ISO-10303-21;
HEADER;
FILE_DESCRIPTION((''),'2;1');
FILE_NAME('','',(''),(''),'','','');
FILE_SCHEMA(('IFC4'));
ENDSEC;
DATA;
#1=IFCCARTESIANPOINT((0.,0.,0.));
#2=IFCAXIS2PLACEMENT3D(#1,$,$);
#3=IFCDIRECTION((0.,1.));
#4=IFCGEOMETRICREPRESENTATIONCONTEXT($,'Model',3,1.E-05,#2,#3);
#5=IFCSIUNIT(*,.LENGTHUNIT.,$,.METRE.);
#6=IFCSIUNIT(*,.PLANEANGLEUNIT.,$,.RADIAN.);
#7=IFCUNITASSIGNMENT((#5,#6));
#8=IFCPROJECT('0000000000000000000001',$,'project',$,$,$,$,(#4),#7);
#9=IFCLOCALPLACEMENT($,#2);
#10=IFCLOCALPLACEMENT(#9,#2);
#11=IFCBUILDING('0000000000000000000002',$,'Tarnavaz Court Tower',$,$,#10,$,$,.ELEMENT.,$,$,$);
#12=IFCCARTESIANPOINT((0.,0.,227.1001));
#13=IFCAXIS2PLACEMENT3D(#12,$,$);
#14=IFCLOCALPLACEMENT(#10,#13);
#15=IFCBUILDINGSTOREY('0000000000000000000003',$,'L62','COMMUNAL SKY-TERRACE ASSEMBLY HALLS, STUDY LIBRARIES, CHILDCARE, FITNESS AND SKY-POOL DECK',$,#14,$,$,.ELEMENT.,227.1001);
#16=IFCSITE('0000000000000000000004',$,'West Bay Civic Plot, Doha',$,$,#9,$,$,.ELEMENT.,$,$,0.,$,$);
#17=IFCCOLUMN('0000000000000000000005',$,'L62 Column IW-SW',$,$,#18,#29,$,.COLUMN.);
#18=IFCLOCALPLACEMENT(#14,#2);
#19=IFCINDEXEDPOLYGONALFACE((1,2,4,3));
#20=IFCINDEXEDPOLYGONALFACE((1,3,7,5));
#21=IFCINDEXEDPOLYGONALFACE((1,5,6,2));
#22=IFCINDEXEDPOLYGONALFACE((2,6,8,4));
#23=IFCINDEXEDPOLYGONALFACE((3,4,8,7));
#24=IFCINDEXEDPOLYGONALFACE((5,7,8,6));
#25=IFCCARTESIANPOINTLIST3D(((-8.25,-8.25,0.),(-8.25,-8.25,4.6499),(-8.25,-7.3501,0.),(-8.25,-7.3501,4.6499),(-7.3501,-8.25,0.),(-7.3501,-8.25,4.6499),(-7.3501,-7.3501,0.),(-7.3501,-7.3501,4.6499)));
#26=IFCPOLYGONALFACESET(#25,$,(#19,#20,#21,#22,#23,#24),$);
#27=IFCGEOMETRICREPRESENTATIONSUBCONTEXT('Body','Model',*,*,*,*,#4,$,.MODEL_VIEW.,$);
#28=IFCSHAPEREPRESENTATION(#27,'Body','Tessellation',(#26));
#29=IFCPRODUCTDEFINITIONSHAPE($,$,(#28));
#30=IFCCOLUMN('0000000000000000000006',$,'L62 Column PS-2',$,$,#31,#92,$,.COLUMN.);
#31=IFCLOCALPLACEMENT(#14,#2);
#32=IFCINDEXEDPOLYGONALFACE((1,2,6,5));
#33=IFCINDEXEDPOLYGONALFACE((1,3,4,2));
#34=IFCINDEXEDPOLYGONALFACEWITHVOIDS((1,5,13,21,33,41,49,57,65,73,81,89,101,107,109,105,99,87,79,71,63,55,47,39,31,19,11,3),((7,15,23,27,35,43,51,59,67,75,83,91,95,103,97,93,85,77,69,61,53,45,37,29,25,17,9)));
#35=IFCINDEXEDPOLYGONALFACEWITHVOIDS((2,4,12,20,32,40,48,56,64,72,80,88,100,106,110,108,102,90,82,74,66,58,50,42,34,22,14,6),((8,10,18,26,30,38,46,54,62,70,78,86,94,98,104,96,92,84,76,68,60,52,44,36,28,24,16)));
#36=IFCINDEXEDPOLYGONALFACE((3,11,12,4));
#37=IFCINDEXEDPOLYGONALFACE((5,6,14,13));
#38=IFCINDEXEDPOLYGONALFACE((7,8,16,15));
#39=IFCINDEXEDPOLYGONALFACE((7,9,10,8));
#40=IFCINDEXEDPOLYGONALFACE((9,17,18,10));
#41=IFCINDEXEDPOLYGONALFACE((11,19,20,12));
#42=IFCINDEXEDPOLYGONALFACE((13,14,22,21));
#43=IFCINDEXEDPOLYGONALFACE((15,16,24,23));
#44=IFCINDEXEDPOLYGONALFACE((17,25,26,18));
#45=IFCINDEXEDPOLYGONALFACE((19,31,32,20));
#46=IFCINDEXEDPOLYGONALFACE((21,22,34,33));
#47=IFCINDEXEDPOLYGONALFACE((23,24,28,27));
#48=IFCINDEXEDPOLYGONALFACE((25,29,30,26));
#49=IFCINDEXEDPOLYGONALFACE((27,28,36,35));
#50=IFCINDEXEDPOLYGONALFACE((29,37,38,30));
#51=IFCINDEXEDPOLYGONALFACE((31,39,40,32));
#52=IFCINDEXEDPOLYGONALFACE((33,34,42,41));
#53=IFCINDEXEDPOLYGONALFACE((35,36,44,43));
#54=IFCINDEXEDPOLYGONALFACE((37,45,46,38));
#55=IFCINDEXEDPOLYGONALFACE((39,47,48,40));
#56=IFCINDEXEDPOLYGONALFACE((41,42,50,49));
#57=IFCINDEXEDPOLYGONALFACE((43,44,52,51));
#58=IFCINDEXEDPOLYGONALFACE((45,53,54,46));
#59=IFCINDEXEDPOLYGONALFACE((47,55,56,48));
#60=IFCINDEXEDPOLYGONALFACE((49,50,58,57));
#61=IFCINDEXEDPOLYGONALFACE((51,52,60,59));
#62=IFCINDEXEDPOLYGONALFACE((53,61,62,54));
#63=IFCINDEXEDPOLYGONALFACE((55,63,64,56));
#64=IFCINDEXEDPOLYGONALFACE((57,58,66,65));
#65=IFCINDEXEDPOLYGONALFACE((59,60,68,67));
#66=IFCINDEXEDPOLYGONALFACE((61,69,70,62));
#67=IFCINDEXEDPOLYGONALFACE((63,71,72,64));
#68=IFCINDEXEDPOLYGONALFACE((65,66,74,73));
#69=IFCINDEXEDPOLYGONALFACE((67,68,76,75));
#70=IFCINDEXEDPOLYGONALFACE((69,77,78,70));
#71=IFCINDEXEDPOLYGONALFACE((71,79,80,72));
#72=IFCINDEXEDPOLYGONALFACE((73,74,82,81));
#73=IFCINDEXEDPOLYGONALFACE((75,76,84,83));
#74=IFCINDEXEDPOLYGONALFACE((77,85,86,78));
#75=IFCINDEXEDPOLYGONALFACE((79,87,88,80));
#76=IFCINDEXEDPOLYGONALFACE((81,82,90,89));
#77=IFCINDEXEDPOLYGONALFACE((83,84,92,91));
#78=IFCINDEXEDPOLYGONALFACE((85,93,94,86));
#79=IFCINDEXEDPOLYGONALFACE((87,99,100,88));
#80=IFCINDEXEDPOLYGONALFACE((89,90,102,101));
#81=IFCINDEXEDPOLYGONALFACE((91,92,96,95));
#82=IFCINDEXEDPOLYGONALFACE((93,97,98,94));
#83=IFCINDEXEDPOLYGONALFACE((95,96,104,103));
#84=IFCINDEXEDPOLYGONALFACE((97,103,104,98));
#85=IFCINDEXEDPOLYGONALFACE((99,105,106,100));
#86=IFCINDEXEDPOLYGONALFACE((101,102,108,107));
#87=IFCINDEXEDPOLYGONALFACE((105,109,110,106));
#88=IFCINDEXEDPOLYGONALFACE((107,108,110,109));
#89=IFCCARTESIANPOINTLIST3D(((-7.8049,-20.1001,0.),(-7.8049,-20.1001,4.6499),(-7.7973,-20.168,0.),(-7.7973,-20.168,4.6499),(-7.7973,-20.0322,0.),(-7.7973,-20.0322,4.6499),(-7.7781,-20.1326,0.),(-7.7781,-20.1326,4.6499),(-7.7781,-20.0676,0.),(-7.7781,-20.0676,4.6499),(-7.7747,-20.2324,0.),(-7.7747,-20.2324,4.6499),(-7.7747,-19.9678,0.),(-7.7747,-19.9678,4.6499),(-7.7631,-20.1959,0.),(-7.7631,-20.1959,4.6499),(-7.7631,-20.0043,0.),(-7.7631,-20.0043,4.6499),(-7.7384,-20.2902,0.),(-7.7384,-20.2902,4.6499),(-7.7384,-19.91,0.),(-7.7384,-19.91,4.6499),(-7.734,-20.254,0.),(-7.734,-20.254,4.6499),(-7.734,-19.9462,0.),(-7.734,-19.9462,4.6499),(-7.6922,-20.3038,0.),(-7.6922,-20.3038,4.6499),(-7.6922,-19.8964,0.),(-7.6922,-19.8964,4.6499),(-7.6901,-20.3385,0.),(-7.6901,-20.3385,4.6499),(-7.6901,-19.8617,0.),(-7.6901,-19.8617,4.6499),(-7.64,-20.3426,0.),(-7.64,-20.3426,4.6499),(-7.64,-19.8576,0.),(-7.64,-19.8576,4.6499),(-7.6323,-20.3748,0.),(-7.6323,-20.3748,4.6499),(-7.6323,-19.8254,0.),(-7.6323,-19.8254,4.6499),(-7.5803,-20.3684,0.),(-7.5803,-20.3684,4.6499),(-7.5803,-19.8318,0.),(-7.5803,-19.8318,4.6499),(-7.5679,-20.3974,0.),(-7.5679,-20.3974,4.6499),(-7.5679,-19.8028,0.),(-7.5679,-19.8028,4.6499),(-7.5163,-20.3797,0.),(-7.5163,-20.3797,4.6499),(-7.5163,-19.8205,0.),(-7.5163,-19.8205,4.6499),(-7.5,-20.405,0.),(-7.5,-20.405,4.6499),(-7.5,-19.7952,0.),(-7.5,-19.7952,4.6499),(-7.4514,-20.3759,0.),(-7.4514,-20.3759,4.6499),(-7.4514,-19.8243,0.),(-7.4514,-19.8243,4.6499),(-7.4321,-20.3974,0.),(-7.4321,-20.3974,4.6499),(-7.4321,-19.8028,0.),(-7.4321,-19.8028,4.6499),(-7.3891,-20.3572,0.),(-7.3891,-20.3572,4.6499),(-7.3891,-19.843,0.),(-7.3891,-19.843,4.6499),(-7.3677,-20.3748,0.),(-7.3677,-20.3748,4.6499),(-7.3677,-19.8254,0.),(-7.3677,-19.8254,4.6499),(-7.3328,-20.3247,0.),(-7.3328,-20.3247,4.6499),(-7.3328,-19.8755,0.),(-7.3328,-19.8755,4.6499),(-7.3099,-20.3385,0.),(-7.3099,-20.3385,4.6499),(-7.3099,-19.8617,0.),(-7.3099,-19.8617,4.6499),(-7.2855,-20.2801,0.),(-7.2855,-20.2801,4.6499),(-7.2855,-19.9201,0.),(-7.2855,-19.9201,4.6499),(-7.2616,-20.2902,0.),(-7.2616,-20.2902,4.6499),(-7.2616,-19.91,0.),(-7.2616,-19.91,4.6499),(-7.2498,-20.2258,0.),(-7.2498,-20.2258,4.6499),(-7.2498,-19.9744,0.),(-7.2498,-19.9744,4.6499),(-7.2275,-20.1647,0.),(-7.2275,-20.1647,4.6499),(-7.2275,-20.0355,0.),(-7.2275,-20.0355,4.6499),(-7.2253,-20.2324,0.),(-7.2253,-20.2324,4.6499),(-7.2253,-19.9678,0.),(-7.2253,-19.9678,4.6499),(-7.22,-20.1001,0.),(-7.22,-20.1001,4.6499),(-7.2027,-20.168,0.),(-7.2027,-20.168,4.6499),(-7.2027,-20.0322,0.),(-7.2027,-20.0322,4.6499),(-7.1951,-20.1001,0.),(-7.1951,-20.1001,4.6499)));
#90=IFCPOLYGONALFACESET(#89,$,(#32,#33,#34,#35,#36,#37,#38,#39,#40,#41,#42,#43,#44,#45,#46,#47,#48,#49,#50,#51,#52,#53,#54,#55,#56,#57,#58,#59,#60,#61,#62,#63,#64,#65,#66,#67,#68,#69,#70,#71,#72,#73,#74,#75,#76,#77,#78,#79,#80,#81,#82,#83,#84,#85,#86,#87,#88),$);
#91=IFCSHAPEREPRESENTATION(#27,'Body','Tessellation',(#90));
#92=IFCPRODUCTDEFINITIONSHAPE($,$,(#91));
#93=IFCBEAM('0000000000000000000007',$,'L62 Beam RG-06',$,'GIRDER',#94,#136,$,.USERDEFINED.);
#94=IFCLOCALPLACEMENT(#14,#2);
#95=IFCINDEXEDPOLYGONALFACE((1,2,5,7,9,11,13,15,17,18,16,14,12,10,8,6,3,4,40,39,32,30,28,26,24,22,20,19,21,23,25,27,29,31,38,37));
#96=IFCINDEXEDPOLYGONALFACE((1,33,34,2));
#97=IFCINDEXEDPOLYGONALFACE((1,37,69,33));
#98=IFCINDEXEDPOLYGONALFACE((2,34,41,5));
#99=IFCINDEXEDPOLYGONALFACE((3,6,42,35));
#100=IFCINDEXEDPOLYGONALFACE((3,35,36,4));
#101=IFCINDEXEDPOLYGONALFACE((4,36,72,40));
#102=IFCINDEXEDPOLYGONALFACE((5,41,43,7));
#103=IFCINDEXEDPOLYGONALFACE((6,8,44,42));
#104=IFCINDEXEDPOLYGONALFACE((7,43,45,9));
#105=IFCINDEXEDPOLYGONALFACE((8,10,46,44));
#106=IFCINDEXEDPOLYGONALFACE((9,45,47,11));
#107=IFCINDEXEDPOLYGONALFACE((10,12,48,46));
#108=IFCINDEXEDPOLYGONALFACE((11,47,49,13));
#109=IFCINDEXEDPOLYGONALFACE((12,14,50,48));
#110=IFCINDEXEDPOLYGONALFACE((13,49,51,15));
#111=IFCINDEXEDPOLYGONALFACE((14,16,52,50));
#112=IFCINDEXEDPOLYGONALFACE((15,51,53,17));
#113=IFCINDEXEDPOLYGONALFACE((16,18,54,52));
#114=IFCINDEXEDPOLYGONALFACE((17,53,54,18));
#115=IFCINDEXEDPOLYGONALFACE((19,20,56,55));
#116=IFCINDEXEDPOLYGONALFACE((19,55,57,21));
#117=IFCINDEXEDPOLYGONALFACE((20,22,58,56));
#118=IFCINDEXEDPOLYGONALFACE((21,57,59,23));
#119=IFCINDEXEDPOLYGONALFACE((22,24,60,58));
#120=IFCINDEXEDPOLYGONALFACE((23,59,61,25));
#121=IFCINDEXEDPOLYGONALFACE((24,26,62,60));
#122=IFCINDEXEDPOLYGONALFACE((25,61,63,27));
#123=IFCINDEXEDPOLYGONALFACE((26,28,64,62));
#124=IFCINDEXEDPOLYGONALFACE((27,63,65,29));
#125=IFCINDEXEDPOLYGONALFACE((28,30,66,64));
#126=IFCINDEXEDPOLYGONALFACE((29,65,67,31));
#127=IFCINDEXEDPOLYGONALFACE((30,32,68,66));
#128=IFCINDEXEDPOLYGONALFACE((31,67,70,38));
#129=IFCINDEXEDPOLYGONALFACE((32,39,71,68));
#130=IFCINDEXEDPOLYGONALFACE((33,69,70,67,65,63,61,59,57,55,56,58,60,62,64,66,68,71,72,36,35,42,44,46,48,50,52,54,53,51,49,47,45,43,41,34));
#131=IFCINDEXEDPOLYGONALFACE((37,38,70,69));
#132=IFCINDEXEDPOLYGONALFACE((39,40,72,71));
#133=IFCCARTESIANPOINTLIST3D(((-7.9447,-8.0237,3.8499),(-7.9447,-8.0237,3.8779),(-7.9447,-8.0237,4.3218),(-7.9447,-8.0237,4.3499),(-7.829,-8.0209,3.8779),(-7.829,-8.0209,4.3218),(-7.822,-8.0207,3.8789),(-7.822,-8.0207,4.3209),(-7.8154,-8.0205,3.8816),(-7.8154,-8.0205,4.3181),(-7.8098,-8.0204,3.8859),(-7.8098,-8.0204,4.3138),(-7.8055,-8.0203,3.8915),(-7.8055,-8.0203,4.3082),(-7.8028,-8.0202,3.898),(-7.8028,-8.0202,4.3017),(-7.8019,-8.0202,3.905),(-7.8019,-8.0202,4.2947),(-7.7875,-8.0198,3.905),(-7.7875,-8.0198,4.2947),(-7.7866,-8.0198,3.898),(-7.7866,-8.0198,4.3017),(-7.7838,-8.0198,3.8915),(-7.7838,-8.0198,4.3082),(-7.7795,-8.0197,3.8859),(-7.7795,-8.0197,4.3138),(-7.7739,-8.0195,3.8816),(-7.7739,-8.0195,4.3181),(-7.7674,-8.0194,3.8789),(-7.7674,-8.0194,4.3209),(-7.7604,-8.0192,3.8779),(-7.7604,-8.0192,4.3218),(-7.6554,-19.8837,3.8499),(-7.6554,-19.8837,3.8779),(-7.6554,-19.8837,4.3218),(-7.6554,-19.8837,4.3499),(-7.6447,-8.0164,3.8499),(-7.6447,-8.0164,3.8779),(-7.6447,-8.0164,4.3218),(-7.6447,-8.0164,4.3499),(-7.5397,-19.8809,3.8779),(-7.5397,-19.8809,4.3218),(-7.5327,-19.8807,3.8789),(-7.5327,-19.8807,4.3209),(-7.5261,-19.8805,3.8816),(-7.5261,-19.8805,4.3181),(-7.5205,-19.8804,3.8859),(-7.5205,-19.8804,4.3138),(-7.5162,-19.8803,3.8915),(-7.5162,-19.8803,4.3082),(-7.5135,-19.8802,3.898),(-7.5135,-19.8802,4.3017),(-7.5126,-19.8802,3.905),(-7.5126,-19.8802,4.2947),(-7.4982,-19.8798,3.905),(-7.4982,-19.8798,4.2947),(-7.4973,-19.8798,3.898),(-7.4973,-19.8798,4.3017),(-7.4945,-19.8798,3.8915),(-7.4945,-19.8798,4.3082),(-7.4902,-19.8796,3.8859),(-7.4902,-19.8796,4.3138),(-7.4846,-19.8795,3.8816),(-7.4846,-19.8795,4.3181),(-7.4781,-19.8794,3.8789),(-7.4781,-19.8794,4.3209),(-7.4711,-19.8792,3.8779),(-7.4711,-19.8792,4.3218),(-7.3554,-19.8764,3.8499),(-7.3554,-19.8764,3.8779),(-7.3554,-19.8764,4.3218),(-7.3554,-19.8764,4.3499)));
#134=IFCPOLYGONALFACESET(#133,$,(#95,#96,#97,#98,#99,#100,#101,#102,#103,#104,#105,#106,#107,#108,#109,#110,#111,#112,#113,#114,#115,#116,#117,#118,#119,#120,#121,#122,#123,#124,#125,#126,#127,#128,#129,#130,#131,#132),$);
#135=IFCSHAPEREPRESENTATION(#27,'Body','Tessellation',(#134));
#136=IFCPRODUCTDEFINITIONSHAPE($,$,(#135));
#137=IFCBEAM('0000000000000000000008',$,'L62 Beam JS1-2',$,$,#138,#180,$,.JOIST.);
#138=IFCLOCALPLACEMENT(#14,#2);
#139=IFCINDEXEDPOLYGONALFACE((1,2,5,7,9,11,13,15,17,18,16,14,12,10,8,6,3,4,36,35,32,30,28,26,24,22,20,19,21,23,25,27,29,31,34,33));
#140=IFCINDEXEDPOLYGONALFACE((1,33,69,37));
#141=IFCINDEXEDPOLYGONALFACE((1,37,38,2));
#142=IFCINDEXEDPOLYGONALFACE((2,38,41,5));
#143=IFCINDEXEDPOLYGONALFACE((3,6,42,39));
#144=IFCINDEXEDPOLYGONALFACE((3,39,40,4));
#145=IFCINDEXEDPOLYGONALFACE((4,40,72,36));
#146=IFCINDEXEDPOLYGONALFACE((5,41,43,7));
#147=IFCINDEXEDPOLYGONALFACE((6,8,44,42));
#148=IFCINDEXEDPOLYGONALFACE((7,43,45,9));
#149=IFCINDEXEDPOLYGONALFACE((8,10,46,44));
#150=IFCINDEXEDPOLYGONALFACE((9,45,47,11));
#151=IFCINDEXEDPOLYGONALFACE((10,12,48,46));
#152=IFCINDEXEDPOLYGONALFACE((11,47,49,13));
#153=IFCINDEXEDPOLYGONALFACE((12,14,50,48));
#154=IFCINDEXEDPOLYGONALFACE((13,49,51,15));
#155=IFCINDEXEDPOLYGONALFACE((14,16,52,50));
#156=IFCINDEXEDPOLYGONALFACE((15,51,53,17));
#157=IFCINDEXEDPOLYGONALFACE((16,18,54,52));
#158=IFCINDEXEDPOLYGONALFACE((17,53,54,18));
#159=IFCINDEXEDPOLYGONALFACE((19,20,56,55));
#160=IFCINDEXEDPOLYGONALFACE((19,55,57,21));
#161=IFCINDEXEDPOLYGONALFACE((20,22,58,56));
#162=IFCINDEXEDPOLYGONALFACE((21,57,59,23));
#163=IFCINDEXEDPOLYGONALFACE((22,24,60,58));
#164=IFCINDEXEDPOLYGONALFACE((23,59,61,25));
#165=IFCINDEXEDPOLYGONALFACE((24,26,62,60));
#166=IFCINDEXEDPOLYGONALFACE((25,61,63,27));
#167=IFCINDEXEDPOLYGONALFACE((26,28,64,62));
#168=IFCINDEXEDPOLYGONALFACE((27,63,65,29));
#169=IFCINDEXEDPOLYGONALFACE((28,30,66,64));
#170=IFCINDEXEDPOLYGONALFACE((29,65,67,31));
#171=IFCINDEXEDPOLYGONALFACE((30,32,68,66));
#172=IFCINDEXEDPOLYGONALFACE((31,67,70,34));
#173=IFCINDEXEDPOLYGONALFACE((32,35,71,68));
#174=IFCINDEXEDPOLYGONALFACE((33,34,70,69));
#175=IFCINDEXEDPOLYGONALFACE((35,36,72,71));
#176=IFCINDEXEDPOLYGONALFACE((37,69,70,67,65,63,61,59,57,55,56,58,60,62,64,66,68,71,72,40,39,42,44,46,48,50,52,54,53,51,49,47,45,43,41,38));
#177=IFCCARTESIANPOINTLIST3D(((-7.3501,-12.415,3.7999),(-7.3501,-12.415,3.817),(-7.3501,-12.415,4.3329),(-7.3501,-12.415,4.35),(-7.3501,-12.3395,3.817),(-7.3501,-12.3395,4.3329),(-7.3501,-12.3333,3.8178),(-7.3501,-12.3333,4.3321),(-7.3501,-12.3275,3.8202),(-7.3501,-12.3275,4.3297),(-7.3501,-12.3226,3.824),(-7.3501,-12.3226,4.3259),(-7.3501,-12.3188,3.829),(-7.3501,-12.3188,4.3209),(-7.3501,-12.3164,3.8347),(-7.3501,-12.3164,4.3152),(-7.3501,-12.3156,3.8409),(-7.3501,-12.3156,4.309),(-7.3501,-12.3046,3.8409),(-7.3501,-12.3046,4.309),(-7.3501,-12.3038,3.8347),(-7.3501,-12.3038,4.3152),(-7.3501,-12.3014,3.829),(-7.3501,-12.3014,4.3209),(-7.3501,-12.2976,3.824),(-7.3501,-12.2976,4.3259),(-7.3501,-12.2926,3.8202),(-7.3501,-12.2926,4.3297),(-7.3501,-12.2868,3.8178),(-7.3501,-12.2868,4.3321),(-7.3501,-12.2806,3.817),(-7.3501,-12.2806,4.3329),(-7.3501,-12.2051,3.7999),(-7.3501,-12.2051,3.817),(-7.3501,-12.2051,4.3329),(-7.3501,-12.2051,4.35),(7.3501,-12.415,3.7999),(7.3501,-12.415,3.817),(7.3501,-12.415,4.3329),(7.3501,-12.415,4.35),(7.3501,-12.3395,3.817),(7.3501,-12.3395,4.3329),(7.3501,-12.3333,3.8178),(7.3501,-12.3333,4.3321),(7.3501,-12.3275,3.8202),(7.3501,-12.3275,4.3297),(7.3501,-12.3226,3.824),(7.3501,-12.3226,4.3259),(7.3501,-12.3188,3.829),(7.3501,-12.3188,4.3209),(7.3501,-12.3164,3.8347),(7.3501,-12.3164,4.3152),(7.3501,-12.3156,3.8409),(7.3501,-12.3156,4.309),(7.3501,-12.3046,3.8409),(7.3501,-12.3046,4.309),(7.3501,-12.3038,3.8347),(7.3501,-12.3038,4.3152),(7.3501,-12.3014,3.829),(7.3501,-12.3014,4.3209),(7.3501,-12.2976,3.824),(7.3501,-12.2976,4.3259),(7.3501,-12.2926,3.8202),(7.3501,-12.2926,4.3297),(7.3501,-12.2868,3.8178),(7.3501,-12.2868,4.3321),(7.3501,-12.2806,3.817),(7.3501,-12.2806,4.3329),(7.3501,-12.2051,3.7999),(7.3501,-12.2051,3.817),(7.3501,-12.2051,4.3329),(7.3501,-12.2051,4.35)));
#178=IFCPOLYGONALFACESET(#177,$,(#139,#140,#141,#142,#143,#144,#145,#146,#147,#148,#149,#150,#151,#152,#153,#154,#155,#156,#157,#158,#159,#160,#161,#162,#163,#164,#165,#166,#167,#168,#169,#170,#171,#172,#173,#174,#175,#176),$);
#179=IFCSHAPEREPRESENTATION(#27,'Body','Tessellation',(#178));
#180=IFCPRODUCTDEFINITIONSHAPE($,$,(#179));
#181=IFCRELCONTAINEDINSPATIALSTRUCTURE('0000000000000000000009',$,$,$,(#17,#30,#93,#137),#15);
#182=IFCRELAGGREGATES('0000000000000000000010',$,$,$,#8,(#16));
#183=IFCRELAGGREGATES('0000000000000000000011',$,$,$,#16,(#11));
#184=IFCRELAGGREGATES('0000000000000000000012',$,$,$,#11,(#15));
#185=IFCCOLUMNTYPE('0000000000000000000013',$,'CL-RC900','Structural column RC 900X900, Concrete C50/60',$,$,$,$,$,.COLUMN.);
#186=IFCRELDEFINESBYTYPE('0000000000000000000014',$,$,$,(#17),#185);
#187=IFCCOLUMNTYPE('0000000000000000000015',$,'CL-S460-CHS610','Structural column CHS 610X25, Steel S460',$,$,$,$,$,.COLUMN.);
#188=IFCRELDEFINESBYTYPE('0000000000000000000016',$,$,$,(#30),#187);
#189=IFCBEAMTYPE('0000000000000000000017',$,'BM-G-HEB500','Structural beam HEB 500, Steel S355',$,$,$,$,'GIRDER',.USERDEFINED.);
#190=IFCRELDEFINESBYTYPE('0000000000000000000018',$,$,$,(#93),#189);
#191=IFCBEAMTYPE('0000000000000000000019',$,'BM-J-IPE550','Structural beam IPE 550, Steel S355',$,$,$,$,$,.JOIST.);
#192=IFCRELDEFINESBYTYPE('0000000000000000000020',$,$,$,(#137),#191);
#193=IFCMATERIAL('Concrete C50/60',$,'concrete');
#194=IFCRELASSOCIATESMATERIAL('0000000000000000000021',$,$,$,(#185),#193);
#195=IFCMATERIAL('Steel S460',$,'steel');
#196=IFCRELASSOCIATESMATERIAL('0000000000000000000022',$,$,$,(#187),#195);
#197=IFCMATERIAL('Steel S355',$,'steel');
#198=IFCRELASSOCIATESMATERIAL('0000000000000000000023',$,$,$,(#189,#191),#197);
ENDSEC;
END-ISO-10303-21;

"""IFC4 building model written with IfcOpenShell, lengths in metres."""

from ifc_helpers import new_model, si_unit, direction, frame, origin, origin_2d, place, context, subcontext, project, spatial, rectangle, hollow_circle, i_section, extrude, material, material_profile, profile_set, type_object, element, save


model = new_model("IFC4")

# Units and contexts
model_context = context("Model", 3, precision=1e-05, world=origin(), true_north=direction((0.0, 1.0)))
body_context = subcontext(model_context, "Body", "Model", "MODEL_VIEW")
ifc_project = project(units=[si_unit("LENGTHUNIT", "METRE"), si_unit("PLANEANGLEUNIT", "RADIAN")], contexts=[model_context])

# Site, building, storey
site_placement = place(None, origin())
site = spatial("IfcSite", under=ifc_project, at=site_placement, Name="West Bay Civic Plot, Doha", CompositionType="ELEMENT", RefElevation=0.0)
building_placement = place(site_placement, origin())
building = spatial("IfcBuilding", under=site, at=building_placement, Name="Tarnavaz Court Tower", CompositionType="ELEMENT")
storey_placement = place(building_placement, frame((0.0, 0.0, 227.1001)))
storey = spatial("IfcBuildingStorey", under=building, at=storey_placement, Name="L62", Description="COMMUNAL SKY-TERRACE ASSEMBLY HALLS, STUDY LIBRARIES, CHILDCARE, FITNESS AND SKY-POOL DECK", CompositionType="ELEMENT", Elevation=227.1001)

# Columns
ifc_material_1 = material(Name="Concrete C50/60", Category="concrete")
ifc_material_profile_1 = material_profile(ifc_material_1, rectangle(XDim=0.8999, YDim=0.8999, at=origin_2d()), Name="RC 900X900")
ifc_profile_set_1 = profile_set([ifc_material_profile_1], Name="Concrete C50/60")
column_type_1 = type_object("IfcColumnType", Name="CL-RC900", Description="Structural column RC 900X900, Concrete C50/60", PredefinedType="COLUMN", material=ifc_profile_set_1)
column_1_placement = place(storey_placement, frame((-7.8, -7.8, 0.0), z_axis=(0.0, 0.0, 1.0), x_axis=(1.0, 0.0, 0.0)))
element("IfcColumn", 1, at=column_1_placement, inside=storey, type_object=column_type_1, Name="L62 Column IW-SW", PredefinedType="COLUMN", context=body_context, shape_type="SweptSolid", body=[
    extrude(rectangle(XDim=0.8999, YDim=0.8999, at=origin_2d()), origin(), (0.0, 0.0, 1.0), 4.6499),
])
ifc_material_2 = material(Name="Steel S460", Category="steel")
ifc_material_profile_2 = material_profile(ifc_material_2, hollow_circle(Radius=0.3049, WallThickness=0.0249, at=origin_2d()), Name="CHS 610X25")
ifc_profile_set_2 = profile_set([ifc_material_profile_2], Name="Steel S460")
column_type_2 = type_object("IfcColumnType", Name="CL-S460-CHS610", Description="Structural column CHS 610X25, Steel S460", PredefinedType="COLUMN", material=ifc_profile_set_2)
column_2_placement = place(storey_placement, frame((-7.5, -20.1001, 0.0), z_axis=(0.0, 0.0, 1.0), x_axis=(1.0, 0.0, 0.0)))
element("IfcColumn", 2, at=column_2_placement, inside=storey, type_object=column_type_2, Name="L62 Column PS-2", PredefinedType="COLUMN", context=body_context, shape_type="SweptSolid", body=[
    extrude(hollow_circle(Radius=0.3049, WallThickness=0.0249, at=origin_2d()), origin(), (0.0, 0.0, 1.0), 4.6499),
])

# Beams
ifc_material_3 = material(Name="Steel S355", Category="steel")
ifc_material_profile_3 = material_profile(ifc_material_3, i_section(OverallWidth=0.3, OverallDepth=0.5, WebThickness=0.0144, FlangeThickness=0.0281, FilletRadius=0.0271, at=origin_2d()), Name="HEB 500")
ifc_profile_set_3 = profile_set([ifc_material_profile_3], Name="Steel S355")
beam_type_1 = type_object("IfcBeamType", Name="BM-G-HEB500", Description="Structural beam HEB 500, Steel S355", ElementType="GIRDER", PredefinedType="USERDEFINED", material=ifc_profile_set_3)
beam_1_placement = place(storey_placement, frame((-7.7947, -8.02, 4.0999), z_axis=(0.024386, -0.999703, 0.0), x_axis=(0.999703, 0.024386, 0.0)))
element("IfcBeam", 3, at=beam_1_placement, inside=storey, type_object=beam_type_1, Name="L62 Beam RG-06", ObjectType="GIRDER", PredefinedType="USERDEFINED", context=body_context, shape_type="SweptSolid", body=[
    extrude(i_section(OverallWidth=0.3, OverallDepth=0.5, WebThickness=0.0144, FlangeThickness=0.0281, FilletRadius=0.0271, at=origin_2d()), origin(), (0.0, 0.0, 1.0), 11.8635),
])
ifc_material_profile_4 = material_profile(ifc_material_3, i_section(OverallWidth=0.21, OverallDepth=0.55, WebThickness=0.011, FlangeThickness=0.0171, FilletRadius=0.0239, at=origin_2d()), Name="IPE 550")
ifc_profile_set_4 = profile_set([ifc_material_profile_4], Name="Steel S355")
beam_type_2 = type_object("IfcBeamType", Name="BM-J-IPE550", Description="Structural beam IPE 550, Steel S355", PredefinedType="JOIST", material=ifc_profile_set_4)
for number, where, z_axis, x_axis, name in (
    (4, (-7.3501, -12.3101, 4.075), (1.0, 0.0, 0.0), (0.0, 1.0, 0.0), "L62 Beam JS1-2"),
):
    element("IfcBeam", number, at=place(storey_placement, frame(where, z_axis=z_axis, x_axis=x_axis)), inside=storey, type_object=beam_type_2, Name=name, PredefinedType="JOIST", context=body_context, shape_type="SweptSolid", body=[
        extrude(i_section(OverallWidth=0.21, OverallDepth=0.55, WebThickness=0.011, FlangeThickness=0.0171, FilletRadius=0.0239, at=origin_2d()), origin(), (0.0, 0.0, 1.0), 14.7002),
    ])

save(model, "model.ifc")
